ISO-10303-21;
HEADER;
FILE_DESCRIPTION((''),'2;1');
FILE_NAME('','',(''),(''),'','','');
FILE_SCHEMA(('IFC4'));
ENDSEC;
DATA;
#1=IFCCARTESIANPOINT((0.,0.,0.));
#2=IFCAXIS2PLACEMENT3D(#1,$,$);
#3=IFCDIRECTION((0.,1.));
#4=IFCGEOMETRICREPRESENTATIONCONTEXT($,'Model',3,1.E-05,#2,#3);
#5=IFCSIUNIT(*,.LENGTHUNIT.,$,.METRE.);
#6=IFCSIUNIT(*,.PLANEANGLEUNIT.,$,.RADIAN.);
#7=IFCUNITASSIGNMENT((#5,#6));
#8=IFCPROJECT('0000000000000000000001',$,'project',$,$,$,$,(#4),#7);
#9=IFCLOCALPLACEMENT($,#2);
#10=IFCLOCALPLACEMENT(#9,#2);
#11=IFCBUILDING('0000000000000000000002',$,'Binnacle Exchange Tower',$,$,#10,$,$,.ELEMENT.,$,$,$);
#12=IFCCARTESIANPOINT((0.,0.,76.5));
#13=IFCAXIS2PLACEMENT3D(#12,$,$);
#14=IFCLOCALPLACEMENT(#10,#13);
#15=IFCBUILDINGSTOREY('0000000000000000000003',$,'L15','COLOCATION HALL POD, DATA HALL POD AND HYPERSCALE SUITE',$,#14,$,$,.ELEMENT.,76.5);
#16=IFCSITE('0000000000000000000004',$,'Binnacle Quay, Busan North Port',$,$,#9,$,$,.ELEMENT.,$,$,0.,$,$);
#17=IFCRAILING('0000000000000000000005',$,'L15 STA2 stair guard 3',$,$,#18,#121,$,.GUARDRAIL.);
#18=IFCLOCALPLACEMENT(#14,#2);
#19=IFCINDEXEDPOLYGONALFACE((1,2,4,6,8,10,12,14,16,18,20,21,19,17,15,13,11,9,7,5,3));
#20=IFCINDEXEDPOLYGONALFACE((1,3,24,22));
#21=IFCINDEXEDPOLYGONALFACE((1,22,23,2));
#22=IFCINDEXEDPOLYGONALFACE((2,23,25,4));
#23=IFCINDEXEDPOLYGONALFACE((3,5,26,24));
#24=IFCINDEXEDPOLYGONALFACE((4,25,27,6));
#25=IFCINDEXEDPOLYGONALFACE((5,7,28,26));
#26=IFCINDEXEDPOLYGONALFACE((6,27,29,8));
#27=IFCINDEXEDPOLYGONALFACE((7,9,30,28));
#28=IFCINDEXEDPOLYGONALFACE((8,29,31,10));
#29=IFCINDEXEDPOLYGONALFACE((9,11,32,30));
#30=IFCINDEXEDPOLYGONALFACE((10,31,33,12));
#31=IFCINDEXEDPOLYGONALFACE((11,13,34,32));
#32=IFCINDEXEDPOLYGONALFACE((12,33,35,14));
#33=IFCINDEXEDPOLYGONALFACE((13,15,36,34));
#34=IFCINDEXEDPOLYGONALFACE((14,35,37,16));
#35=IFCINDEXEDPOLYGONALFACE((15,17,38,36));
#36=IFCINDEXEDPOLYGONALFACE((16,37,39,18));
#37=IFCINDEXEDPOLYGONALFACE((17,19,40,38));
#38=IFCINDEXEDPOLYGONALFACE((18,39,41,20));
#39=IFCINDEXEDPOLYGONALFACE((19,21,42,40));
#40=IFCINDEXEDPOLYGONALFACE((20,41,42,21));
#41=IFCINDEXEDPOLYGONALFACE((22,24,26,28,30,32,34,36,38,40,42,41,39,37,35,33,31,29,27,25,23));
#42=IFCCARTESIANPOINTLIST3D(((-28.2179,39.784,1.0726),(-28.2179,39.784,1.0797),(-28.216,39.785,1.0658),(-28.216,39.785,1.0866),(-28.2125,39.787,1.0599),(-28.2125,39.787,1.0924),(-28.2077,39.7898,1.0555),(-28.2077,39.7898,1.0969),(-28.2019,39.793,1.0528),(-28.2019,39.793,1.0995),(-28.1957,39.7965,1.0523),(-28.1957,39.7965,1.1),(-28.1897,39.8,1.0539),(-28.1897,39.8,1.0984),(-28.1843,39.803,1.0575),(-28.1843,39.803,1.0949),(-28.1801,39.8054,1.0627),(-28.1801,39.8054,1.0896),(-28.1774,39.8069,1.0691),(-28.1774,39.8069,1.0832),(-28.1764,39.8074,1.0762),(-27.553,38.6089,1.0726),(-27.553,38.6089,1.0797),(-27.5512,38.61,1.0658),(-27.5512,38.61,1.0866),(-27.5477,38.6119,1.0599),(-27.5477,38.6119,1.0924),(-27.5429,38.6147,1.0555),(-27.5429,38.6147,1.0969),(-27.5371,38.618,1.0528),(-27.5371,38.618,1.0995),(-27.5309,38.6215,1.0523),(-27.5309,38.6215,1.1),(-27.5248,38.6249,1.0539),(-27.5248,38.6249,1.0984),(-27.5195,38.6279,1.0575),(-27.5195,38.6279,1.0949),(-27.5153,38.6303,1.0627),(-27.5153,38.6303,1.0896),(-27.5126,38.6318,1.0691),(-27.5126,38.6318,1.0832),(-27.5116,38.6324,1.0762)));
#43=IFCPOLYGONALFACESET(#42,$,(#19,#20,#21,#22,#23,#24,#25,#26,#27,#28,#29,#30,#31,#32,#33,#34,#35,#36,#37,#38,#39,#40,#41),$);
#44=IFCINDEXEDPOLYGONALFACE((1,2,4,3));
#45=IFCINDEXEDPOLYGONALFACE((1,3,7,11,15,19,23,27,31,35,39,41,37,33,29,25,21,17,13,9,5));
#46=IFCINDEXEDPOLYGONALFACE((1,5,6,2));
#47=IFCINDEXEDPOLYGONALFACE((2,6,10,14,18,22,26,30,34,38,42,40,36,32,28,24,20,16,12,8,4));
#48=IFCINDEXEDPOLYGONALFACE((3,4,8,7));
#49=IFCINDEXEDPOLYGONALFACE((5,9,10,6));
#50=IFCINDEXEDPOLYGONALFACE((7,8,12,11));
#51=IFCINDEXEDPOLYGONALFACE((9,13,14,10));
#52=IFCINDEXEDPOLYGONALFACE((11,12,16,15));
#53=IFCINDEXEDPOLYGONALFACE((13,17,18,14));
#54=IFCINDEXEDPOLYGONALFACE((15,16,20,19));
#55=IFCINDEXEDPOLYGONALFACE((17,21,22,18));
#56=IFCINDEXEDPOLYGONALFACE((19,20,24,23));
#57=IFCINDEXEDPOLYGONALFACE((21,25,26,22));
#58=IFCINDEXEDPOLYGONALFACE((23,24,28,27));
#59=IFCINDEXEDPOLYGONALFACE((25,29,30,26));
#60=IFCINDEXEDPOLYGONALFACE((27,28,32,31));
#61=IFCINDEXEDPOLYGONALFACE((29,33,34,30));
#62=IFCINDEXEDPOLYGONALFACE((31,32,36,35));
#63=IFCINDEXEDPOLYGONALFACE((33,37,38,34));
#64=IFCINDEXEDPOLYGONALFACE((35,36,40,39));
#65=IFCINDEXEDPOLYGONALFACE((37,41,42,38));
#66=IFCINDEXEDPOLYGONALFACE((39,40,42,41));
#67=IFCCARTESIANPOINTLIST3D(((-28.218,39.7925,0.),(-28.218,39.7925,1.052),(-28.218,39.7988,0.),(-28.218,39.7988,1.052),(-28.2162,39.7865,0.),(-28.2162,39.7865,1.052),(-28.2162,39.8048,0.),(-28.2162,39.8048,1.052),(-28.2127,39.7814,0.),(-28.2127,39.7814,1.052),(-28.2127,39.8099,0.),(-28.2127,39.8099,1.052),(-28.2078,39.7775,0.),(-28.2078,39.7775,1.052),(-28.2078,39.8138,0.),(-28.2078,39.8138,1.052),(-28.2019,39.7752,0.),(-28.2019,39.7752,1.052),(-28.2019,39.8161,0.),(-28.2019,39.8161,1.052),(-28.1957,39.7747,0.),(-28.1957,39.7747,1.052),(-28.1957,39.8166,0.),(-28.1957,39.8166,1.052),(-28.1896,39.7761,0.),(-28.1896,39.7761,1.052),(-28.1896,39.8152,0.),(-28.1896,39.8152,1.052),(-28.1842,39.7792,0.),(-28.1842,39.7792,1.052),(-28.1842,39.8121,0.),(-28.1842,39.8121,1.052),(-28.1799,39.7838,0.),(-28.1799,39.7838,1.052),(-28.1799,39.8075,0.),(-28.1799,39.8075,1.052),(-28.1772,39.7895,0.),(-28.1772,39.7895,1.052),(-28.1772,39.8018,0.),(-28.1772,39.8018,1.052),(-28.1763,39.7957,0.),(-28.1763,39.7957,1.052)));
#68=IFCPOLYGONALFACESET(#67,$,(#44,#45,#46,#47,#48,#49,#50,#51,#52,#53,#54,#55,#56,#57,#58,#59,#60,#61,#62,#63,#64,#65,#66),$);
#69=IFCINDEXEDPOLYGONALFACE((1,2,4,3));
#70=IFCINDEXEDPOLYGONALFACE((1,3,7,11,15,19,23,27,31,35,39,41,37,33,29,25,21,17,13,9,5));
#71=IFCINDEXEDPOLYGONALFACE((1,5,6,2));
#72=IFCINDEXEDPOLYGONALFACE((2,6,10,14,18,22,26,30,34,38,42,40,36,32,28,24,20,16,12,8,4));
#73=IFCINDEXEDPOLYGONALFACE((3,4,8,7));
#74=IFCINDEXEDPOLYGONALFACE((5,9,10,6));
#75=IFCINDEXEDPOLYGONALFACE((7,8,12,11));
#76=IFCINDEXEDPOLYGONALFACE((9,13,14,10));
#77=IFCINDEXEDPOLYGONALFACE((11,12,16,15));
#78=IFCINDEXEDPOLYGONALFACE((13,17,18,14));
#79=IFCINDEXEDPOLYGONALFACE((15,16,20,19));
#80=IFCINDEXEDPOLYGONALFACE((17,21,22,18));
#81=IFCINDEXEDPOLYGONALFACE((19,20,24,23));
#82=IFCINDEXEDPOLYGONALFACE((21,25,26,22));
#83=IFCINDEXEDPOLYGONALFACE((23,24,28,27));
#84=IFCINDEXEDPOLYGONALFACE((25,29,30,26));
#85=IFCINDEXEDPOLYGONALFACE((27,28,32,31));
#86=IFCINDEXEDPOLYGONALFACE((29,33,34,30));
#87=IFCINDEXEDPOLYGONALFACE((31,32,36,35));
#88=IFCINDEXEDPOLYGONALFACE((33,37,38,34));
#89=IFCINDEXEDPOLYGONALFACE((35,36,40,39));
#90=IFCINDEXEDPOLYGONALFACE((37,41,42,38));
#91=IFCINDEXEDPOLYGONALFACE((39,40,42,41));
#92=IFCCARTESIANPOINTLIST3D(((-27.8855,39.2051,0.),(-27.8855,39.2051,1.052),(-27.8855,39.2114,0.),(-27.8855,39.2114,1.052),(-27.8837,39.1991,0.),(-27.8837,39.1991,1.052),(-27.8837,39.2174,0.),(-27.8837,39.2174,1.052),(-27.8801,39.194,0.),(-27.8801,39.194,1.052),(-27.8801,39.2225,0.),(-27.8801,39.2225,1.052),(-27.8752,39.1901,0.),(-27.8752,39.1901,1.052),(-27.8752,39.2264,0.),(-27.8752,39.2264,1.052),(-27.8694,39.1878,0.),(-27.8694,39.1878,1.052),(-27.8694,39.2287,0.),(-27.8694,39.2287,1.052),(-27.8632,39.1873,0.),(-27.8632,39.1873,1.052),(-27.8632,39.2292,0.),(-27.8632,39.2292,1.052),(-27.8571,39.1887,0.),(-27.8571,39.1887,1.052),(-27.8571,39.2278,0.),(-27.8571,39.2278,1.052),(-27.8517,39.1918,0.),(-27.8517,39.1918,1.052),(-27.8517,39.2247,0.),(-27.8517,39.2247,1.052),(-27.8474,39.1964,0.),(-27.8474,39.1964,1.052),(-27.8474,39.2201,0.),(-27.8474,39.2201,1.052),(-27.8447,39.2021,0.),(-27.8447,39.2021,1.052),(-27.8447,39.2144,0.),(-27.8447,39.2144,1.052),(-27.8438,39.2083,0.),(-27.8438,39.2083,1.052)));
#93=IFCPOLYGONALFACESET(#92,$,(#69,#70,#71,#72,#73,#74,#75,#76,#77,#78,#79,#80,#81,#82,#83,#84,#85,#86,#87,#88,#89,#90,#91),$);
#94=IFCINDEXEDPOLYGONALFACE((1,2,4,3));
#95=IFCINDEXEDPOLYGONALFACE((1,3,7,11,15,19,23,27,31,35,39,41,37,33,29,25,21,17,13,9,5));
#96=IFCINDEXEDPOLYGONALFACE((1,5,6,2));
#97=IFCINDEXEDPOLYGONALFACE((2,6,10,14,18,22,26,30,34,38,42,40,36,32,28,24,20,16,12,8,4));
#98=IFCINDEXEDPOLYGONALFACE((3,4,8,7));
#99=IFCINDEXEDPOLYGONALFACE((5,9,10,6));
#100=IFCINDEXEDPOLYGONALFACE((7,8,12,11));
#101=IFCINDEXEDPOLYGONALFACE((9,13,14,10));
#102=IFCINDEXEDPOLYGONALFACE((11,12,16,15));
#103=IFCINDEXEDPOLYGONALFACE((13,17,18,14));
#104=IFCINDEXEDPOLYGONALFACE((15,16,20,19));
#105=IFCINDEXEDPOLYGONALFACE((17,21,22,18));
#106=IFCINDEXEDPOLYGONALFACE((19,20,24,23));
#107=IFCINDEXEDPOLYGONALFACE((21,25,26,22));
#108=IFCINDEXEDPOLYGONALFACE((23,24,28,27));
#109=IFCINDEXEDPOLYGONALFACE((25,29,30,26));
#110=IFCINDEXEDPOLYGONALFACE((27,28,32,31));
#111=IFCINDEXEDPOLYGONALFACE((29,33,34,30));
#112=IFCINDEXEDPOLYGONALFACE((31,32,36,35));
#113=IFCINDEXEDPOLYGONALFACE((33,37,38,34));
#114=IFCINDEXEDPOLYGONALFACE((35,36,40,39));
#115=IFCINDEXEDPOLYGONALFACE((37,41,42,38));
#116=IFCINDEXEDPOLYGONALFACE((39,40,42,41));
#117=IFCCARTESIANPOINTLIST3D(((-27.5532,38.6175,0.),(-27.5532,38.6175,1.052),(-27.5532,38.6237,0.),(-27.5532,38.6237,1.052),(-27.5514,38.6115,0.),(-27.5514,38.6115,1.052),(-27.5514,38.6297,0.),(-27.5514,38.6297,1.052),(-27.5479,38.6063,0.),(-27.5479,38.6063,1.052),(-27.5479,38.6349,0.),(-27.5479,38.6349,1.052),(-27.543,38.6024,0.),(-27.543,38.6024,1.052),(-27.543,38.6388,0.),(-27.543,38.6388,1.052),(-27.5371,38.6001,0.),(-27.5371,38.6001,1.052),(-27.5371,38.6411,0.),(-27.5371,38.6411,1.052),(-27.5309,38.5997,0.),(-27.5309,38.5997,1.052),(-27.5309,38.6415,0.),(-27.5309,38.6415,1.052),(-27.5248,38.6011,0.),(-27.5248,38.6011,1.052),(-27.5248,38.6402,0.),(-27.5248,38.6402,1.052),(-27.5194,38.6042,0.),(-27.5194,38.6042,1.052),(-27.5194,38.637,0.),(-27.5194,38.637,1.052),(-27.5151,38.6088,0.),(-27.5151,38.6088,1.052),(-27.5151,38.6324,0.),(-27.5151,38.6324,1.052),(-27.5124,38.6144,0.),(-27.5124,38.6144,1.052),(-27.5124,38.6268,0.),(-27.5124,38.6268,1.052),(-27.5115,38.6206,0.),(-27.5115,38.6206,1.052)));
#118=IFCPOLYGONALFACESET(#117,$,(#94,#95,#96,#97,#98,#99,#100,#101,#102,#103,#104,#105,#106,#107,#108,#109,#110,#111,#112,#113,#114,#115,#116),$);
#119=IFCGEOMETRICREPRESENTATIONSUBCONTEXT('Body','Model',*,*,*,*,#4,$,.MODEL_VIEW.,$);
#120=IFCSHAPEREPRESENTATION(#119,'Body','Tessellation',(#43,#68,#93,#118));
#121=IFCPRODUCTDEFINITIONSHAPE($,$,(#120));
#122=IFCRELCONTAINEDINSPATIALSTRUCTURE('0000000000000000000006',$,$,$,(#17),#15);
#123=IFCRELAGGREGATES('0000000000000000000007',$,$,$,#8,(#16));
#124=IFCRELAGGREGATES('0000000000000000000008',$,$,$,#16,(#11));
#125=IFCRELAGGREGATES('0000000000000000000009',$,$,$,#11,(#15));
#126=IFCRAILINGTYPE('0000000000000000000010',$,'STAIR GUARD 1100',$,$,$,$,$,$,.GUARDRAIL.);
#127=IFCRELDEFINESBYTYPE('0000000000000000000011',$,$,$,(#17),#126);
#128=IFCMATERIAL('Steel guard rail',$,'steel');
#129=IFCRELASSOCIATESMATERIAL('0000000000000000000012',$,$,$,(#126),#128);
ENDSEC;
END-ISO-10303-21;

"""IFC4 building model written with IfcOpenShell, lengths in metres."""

from ifc_helpers import new_model, si_unit, direction, frame, origin, origin_2d, place, context, subcontext, project, spatial, circle, extrude, material, type_object, element, save


model = new_model("IFC4")

# Units and contexts
model_context = context("Model", 3, precision=1e-05, world=origin(), true_north=direction((0.0, 1.0)))
body_context = subcontext(model_context, "Body", "Model", "MODEL_VIEW")
ifc_project = project(units=[si_unit("LENGTHUNIT", "METRE"), si_unit("PLANEANGLEUNIT", "RADIAN")], contexts=[model_context])

# Site, building, storey
site_placement = place(None, origin())
site = spatial("IfcSite", under=ifc_project, at=site_placement, Name="Binnacle Quay, Busan North Port", CompositionType="ELEMENT", RefElevation=0.0)
building_placement = place(site_placement, origin())
building = spatial("IfcBuilding", under=site, at=building_placement, Name="Binnacle Exchange Tower", CompositionType="ELEMENT")
storey_placement = place(building_placement, frame((0.0, 0.0, 76.5)))
storey = spatial("IfcBuildingStorey", under=building, at=storey_placement, Name="L15", Description="COLOCATION HALL POD, DATA HALL POD AND HYPERSCALE SUITE", CompositionType="ELEMENT", Elevation=76.5)

# Railing
ifc_material_1 = material(Name="Steel guard rail", Category="steel")
railing_type_1 = type_object("IfcRailingType", Name="STAIR GUARD 1100", PredefinedType="GUARDRAIL", material=ifc_material_1)
railing_1_placement = place(storey_placement, frame((-28.1973, 39.7957, 0.0)))
element("IfcRailing", 1, at=railing_1_placement, inside=storey, type_object=railing_type_1, Name="L15 STA2 stair guard 3", PredefinedType="GUARDRAIL", context=body_context, shape_type="SweptSolid", body=[
    extrude(circle(Radius=0.0239, at=origin_2d()), frame((0.0, 0.0, 1.0762), z_axis=(0.492415, -0.870361, 0.0), x_axis=(0.870361, 0.492415, 0.0)), (0.0, 0.0, 1.0), 1.3501),
    extrude(circle(Radius=0.021, at=origin_2d()), origin(), (0.0, 0.0, 1.0), 1.052),
    extrude(circle(Radius=0.021, at=origin_2d()), frame((0.3325, -0.5874, 0.0)), (0.0, 0.0, 1.0), 1.052),
    extrude(circle(Radius=0.021, at=origin_2d()), frame((0.6648, -1.175, 0.0)), (0.0, 0.0, 1.0), 1.052),
])

save(model, "model.ifc")
